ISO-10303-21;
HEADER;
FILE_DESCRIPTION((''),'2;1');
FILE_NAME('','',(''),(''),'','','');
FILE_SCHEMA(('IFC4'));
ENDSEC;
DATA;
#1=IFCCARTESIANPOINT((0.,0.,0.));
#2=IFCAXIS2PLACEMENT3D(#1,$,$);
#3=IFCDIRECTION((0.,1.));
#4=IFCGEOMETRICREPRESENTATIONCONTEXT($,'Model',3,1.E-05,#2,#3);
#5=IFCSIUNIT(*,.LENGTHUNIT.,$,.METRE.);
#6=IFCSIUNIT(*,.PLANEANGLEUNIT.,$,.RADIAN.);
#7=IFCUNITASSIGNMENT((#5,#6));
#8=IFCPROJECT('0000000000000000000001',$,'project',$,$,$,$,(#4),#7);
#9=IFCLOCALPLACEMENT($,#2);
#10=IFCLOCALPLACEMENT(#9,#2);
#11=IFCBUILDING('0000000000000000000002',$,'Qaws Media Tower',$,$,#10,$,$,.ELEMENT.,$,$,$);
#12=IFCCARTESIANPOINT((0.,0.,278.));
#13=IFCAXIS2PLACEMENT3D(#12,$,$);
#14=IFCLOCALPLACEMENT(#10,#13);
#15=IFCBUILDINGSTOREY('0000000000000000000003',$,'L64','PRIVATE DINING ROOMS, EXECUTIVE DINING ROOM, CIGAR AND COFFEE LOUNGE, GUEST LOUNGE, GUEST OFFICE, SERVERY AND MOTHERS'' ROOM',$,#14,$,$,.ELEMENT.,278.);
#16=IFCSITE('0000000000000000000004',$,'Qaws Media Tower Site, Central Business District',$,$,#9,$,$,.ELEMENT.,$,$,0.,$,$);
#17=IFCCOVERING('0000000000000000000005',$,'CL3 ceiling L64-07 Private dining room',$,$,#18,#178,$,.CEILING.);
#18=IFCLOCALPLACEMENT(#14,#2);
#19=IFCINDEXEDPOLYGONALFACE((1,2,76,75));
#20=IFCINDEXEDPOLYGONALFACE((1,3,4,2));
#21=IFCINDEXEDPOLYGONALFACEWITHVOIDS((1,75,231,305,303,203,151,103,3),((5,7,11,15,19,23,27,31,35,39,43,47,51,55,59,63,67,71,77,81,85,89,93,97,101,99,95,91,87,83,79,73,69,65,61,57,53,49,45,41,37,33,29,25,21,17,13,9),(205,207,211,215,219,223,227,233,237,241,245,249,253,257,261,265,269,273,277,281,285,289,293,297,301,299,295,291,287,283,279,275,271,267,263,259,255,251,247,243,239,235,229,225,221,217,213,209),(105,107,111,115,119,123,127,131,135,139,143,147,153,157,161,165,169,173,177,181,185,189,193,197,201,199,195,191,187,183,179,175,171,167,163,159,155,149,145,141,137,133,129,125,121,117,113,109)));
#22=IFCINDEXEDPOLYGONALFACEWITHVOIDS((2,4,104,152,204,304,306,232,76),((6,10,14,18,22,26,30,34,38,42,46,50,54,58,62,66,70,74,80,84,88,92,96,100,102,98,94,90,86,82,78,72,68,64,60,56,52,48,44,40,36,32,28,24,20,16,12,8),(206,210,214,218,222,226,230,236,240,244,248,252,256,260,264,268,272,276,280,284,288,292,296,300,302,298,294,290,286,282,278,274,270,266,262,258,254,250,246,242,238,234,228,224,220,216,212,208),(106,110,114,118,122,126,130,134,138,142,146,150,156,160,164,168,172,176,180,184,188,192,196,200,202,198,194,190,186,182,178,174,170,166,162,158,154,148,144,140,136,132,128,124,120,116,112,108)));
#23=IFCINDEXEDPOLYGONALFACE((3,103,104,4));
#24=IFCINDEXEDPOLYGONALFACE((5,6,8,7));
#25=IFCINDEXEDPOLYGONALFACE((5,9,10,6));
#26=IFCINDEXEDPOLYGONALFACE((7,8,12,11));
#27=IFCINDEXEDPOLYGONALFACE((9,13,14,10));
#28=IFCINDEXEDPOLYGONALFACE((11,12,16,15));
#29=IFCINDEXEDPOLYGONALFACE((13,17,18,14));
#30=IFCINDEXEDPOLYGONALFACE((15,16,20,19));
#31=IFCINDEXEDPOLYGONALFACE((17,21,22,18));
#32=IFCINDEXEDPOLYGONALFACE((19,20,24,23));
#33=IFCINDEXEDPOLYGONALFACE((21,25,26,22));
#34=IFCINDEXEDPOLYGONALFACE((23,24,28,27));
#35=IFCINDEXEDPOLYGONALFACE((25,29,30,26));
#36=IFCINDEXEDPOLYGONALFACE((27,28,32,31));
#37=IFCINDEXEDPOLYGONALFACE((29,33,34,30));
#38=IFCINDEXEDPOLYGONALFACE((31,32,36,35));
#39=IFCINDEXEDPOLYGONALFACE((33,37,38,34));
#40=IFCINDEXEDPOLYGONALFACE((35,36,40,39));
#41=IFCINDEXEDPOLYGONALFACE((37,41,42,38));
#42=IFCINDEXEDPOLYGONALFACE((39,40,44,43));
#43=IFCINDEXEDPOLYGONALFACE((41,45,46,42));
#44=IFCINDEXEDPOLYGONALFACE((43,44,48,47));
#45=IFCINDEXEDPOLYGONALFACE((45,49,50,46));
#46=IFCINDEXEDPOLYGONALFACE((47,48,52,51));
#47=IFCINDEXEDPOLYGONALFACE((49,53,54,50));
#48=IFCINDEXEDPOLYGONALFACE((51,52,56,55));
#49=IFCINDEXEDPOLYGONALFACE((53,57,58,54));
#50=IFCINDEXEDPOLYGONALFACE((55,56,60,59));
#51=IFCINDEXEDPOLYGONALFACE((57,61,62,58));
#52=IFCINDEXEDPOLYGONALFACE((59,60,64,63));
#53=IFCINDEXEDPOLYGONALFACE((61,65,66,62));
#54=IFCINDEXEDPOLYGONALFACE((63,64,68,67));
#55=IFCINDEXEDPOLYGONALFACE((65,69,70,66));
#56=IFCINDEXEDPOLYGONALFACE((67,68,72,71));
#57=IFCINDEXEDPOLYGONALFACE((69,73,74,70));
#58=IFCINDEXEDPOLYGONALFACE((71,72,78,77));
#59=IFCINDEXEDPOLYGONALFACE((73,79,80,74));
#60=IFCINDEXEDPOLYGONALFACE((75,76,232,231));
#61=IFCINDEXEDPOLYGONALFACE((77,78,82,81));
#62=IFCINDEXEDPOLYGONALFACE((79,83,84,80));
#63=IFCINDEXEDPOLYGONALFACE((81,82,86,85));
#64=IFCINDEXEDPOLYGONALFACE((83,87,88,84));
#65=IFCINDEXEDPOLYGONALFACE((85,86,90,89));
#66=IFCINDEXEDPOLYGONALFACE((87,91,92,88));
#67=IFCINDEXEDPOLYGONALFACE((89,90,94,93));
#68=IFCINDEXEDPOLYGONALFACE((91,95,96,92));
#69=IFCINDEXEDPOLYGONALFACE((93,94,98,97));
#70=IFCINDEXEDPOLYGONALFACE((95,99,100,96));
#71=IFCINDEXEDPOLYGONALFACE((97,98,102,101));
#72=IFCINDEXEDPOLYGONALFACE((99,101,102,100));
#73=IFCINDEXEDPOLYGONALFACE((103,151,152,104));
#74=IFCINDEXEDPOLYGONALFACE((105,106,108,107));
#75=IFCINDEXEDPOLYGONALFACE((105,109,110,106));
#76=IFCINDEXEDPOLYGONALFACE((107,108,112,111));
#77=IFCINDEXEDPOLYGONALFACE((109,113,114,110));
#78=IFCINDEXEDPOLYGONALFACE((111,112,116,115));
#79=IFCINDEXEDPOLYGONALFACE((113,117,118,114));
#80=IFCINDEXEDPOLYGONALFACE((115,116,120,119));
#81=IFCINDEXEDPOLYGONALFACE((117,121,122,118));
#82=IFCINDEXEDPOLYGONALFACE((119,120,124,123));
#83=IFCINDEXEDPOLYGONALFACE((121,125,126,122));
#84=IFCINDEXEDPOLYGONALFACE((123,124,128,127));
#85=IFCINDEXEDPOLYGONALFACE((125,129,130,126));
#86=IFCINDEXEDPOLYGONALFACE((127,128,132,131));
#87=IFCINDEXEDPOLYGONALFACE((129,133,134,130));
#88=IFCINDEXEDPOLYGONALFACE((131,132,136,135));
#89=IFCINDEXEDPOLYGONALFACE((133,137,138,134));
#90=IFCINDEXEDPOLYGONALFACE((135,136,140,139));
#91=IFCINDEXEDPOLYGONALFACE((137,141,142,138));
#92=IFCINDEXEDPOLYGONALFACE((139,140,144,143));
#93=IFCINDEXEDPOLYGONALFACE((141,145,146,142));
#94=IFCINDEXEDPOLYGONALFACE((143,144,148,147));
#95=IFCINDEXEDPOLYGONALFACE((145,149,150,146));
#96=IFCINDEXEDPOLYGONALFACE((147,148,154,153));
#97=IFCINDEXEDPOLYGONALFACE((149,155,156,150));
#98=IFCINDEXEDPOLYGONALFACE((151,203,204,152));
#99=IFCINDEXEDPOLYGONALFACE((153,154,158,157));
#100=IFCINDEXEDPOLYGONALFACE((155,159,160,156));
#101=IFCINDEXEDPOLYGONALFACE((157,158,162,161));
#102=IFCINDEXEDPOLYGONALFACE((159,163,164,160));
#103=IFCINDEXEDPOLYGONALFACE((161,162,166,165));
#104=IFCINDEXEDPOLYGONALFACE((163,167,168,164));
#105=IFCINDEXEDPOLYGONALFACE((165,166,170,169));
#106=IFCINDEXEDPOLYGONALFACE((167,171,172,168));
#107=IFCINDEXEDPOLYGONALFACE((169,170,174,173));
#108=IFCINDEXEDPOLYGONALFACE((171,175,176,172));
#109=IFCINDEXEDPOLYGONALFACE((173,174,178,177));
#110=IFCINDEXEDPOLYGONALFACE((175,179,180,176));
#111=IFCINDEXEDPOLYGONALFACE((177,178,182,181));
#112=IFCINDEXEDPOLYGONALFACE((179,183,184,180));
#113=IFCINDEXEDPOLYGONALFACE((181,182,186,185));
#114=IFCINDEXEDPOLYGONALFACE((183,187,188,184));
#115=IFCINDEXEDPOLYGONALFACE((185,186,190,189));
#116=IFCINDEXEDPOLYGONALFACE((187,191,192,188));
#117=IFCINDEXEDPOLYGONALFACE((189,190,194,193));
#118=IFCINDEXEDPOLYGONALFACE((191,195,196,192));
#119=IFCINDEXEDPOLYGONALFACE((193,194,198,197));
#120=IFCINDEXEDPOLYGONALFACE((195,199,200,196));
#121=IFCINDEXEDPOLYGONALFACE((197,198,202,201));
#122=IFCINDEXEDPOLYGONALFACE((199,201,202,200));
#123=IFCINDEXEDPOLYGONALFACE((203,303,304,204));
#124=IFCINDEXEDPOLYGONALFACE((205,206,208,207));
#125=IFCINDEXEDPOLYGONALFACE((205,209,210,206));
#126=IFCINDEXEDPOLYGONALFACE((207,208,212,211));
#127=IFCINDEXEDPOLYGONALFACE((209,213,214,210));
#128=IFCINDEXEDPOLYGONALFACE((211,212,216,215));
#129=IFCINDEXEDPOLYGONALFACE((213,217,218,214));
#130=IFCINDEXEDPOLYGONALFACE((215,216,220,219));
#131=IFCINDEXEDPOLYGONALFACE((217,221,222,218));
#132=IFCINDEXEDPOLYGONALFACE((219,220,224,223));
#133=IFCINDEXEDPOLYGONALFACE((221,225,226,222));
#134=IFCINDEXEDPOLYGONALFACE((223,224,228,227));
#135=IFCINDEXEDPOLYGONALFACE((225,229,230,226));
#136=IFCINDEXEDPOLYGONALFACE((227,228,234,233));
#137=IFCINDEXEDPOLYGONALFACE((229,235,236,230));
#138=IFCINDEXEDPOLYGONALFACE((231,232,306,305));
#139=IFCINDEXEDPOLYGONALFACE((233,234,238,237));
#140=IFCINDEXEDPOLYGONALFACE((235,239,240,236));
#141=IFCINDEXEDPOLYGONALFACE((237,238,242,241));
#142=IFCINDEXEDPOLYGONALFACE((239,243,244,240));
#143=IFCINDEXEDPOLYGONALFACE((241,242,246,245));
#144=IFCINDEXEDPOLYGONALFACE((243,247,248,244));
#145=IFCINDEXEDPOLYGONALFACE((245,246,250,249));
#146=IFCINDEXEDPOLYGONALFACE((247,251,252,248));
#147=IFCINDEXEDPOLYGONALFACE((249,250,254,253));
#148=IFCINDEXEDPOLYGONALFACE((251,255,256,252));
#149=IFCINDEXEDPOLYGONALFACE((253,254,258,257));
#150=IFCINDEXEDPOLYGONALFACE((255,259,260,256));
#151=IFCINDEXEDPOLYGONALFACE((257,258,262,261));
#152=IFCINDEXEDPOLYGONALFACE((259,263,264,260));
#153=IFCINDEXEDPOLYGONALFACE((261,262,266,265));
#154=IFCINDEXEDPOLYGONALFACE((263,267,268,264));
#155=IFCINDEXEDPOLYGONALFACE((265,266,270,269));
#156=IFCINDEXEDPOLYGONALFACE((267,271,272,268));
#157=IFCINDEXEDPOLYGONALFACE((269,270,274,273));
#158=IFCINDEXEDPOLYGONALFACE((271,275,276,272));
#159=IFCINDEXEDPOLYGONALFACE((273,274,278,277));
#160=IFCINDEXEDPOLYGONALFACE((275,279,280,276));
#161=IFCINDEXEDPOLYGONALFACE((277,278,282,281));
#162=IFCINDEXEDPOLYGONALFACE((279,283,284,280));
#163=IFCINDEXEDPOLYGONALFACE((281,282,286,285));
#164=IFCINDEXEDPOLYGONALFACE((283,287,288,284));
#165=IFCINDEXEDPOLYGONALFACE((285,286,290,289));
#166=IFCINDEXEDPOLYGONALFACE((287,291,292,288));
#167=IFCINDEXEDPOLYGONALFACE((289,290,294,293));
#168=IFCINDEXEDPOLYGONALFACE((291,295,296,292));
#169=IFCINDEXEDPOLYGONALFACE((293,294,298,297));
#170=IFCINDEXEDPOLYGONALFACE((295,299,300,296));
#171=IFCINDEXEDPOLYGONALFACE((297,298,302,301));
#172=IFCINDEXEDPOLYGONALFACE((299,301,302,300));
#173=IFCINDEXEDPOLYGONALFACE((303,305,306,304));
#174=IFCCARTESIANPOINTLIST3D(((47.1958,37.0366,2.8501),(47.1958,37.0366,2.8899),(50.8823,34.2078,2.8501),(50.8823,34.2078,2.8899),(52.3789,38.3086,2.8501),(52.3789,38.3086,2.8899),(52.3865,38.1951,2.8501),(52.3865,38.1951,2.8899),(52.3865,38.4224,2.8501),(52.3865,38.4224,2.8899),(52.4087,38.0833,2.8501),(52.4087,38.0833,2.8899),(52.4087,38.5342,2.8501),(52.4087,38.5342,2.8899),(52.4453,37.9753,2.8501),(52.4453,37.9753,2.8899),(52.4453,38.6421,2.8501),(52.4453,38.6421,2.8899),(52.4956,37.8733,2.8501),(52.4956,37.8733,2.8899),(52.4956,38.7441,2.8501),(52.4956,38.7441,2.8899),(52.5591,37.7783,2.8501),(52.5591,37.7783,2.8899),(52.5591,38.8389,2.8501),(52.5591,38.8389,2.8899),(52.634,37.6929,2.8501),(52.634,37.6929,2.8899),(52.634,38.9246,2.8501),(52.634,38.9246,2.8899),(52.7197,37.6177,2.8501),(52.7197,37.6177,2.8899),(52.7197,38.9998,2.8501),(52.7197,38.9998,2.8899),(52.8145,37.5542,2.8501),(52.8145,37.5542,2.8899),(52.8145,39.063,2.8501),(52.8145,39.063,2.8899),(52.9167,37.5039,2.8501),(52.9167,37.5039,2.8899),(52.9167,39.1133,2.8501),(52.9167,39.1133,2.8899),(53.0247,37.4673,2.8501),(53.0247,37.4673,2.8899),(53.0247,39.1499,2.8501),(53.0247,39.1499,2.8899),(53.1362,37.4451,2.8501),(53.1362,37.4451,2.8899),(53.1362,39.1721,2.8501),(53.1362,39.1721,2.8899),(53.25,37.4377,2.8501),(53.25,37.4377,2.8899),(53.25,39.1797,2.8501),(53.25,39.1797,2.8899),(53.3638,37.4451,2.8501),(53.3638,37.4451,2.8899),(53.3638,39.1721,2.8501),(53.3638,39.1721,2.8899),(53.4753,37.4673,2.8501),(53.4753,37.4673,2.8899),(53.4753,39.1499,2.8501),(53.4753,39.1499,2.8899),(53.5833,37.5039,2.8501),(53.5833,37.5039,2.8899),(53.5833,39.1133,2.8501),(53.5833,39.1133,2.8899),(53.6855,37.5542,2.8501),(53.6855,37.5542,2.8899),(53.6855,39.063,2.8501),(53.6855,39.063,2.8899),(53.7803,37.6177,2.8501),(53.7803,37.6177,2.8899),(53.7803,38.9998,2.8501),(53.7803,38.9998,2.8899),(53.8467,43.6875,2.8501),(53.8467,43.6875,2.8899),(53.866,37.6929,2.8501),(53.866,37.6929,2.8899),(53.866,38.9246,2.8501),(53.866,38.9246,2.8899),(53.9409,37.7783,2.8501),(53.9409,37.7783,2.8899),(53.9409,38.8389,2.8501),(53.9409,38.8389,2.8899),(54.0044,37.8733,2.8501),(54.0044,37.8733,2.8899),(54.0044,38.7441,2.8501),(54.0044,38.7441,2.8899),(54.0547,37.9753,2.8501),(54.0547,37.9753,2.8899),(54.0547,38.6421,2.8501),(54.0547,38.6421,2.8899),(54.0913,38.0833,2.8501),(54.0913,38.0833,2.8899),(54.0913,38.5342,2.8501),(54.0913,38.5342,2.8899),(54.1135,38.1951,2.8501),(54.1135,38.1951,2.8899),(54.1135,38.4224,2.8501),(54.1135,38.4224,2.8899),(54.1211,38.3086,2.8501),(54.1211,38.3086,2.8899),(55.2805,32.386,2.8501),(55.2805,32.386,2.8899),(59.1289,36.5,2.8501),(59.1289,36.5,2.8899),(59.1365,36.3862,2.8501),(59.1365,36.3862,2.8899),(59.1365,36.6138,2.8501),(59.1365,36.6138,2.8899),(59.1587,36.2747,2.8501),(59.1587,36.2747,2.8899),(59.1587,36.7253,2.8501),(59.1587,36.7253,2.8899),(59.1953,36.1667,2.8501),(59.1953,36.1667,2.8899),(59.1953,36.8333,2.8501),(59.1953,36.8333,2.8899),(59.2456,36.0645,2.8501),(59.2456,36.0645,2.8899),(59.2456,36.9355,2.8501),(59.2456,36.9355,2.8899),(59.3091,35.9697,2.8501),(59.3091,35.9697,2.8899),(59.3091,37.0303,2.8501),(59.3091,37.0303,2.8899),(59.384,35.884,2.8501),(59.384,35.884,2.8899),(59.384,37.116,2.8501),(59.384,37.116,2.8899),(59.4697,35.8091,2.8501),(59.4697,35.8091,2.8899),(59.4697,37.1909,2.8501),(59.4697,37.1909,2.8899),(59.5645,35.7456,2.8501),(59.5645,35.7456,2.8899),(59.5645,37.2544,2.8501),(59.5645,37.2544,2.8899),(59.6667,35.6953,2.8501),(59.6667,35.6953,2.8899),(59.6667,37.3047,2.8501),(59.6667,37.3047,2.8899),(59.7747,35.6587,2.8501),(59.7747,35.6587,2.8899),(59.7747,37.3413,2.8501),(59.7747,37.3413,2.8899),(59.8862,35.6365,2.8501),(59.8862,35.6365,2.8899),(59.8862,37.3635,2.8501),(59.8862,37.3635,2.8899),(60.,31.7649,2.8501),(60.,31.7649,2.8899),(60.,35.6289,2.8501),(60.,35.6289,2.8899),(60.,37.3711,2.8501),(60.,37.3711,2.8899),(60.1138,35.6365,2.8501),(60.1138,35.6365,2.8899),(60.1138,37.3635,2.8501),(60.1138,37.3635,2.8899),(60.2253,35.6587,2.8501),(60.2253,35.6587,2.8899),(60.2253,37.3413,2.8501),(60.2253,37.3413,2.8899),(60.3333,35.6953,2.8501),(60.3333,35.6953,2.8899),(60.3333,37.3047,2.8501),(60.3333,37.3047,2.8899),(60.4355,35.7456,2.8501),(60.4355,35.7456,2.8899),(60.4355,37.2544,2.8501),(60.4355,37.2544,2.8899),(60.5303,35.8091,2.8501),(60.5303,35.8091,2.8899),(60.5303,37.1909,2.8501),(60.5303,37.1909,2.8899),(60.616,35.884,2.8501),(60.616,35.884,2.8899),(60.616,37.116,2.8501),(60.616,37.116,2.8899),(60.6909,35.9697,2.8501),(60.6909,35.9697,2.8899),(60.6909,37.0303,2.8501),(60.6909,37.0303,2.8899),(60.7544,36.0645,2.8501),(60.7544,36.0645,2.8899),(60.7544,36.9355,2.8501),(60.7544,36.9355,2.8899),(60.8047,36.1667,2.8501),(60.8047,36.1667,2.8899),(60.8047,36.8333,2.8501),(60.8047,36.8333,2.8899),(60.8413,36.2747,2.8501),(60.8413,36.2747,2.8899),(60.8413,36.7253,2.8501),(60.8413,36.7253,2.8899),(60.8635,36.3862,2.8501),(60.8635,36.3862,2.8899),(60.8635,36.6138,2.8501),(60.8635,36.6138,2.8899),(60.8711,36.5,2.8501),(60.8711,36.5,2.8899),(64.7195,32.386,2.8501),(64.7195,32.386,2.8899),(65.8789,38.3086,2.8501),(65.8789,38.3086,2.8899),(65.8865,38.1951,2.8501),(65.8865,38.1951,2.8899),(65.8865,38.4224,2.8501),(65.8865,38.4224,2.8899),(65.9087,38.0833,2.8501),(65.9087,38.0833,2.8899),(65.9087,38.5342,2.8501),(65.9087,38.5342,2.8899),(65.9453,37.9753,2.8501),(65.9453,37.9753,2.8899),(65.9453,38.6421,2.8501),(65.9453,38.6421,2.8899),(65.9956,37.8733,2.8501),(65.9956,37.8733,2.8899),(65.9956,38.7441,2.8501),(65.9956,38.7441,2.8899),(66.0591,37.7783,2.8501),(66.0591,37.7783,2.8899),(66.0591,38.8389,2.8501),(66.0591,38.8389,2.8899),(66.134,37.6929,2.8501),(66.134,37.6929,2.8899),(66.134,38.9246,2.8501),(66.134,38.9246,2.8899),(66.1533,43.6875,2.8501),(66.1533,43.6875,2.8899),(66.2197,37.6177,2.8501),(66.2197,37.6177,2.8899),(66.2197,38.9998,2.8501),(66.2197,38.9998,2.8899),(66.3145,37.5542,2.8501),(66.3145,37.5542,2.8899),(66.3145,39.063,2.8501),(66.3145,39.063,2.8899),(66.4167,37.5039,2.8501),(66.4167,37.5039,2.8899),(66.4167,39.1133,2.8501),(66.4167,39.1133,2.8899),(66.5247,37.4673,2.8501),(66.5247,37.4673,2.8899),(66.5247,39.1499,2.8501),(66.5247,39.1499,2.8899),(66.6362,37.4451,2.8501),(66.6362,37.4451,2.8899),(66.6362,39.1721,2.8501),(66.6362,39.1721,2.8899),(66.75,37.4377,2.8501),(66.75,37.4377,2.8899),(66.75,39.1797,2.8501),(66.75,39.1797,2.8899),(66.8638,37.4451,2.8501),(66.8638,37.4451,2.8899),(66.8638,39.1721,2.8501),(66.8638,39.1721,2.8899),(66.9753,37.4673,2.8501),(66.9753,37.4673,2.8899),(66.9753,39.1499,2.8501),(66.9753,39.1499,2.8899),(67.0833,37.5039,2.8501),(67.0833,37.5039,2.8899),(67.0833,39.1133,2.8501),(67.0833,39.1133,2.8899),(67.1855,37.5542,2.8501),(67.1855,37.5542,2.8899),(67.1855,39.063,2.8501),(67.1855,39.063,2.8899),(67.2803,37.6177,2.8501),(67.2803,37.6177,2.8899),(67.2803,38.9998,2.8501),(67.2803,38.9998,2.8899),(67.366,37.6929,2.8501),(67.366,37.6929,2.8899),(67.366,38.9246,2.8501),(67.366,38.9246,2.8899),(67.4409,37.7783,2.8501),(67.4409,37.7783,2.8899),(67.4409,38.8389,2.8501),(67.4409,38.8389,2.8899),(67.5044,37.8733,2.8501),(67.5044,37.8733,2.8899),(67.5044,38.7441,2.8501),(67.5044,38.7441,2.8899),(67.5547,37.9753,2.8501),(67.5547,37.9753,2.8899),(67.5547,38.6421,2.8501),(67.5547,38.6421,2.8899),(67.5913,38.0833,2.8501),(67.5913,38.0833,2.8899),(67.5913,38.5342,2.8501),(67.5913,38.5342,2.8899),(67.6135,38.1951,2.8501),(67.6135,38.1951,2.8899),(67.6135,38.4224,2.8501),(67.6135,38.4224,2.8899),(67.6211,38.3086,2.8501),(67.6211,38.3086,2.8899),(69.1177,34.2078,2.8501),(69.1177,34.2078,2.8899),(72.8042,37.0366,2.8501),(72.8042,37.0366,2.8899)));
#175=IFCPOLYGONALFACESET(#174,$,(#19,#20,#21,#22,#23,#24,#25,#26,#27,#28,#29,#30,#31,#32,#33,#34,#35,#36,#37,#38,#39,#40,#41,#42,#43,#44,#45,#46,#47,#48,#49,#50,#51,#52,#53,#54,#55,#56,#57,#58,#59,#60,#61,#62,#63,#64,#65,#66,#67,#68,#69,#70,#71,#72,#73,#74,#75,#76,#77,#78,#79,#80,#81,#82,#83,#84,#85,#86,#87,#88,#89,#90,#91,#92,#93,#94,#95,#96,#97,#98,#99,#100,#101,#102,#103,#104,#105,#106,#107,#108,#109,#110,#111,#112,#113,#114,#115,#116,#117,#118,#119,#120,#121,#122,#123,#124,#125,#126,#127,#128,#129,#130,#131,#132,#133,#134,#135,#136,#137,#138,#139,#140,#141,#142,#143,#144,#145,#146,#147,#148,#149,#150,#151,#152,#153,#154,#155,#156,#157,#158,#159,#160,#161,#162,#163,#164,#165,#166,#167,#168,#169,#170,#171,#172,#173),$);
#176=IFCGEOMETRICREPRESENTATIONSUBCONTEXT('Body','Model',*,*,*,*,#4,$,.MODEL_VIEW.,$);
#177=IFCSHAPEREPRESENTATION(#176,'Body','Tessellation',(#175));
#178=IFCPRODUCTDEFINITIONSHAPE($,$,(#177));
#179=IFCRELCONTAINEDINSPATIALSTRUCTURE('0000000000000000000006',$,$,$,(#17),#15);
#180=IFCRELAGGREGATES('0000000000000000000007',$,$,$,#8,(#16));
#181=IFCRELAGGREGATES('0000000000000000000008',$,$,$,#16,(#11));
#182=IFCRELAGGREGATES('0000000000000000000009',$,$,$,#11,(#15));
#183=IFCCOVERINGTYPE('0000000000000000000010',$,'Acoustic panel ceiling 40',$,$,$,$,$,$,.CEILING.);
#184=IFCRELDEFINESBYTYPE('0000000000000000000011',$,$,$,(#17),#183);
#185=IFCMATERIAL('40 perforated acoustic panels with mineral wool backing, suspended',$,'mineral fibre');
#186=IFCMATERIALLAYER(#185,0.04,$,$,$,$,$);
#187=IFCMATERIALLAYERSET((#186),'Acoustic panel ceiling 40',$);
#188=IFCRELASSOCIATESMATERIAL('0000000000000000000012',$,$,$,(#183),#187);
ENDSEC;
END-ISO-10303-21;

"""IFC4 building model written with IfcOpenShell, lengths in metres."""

from ifc_helpers import new_model, si_unit, direction, frame, origin, place, context, subcontext, project, spatial, polyline, outline, extrude, material, layer, layer_set, type_object, element, save


model = new_model("IFC4")

# Units and contexts
model_context = context("Model", 3, precision=1e-05, world=origin(), true_north=direction((0.0, 1.0)))
body_context = subcontext(model_context, "Body", "Model", "MODEL_VIEW")
ifc_project = project(units=[si_unit("LENGTHUNIT", "METRE"), si_unit("PLANEANGLEUNIT", "RADIAN")], contexts=[model_context])

# Site, building, storey
site_placement = place(None, origin())
site = spatial("IfcSite", under=ifc_project, at=site_placement, Name="Qaws Media Tower Site, Central Business District", CompositionType="ELEMENT", RefElevation=0.0)
building_placement = place(site_placement, origin())
building = spatial("IfcBuilding", under=site, at=building_placement, Name="Qaws Media Tower", CompositionType="ELEMENT")
storey_placement = place(building_placement, frame((0.0, 0.0, 278.0)))
storey = spatial("IfcBuildingStorey", under=building, at=storey_placement, Name="L64", Description="PRIVATE DINING ROOMS, EXECUTIVE DINING ROOM, CIGAR AND COFFEE LOUNGE, GUEST LOUNGE, GUEST OFFICE, SERVERY AND MOTHERS' ROOM", CompositionType="ELEMENT", Elevation=278.0)

# Covering
ifc_material_1 = material(Name="40 perforated acoustic panels with mineral wool backing, suspended", Category="mineral fibre")
ifc_layer_1 = layer(ifc_material_1, 0.04)
ifc_layer_set_1 = layer_set([ifc_layer_1], Name="Acoustic panel ceiling 40")
covering_type_1 = type_object("IfcCoveringType", Name="Acoustic panel ceiling 40", PredefinedType="CEILING", material=ifc_layer_set_1)
covering_1_placement = place(storey_placement, frame((0.0, 0.0, 2.8501)))
element("IfcCovering", 1, at=covering_1_placement, inside=storey, type_object=covering_type_1, Name="CL3 ceiling L64-07 Private dining room", PredefinedType="CEILING", context=body_context, shape_type="SweptSolid", body=[
    extrude(outline(polyline([(69.1177, 34.2078), (64.7195, 32.386), (60.0, 31.7649), (55.2805, 32.386), (50.8823, 34.2078), (47.1958, 37.0366), (53.8467, 43.6875), (66.1533, 43.6875), (72.8042, 37.0366), (69.1177, 34.2078)]), holes=[polyline([(54.0913, 38.0833), (54.1135, 38.1951), (54.1211, 38.3086), (54.1135, 38.4224), (54.0913, 38.5342), (54.0547, 38.6421), (54.0044, 38.7441), (53.9409, 38.8389), (53.866, 38.9246), (53.7803, 38.9998), (53.6855, 39.063), (53.5833, 39.1133), (53.4753, 39.1499), (53.3638, 39.1721), (53.25, 39.1797), (53.1362, 39.1721), (53.0247, 39.1499), (52.9167, 39.1133), (52.8145, 39.063), (52.7197, 38.9998), (52.634, 38.9246), (52.5591, 38.8389), (52.4956, 38.7441), (52.4453, 38.6421), (52.4087, 38.5342), (52.3865, 38.4224), (52.3789, 38.3086), (52.3865, 38.1951), (52.4087, 38.0833), (52.4453, 37.9753), (52.4956, 37.8733), (52.5591, 37.7783), (52.634, 37.6929), (52.7197, 37.6177), (52.8145, 37.5542), (52.9167, 37.5039), (53.0247, 37.4673), (53.1362, 37.4451), (53.25, 37.4377), (53.3638, 37.4451), (53.4753, 37.4673), (53.5833, 37.5039), (53.6855, 37.5542), (53.7803, 37.6177), (53.866, 37.6929), (53.9409, 37.7783), (54.0044, 37.8733), (54.0547, 37.9753), (54.0913, 38.0833)]), polyline([(60.8413, 36.2747), (60.8635, 36.3862), (60.8711, 36.5), (60.8635, 36.6138), (60.8413, 36.7253), (60.8047, 36.8333), (60.7544, 36.9355), (60.6909, 37.0303), (60.616, 37.116), (60.5303, 37.1909), (60.4355, 37.2544), (60.3333, 37.3047), (60.2253, 37.3413), (60.1138, 37.3635), (60.0, 37.3711), (59.8862, 37.3635), (59.7747, 37.3413), (59.6667, 37.3047), (59.5645, 37.2544), (59.4697, 37.1909), (59.384, 37.116), (59.3091, 37.0303), (59.2456, 36.9355), (59.1953, 36.8333), (59.1587, 36.7253), (59.1365, 36.6138), (59.1289, 36.5), (59.1365, 36.3862), (59.1587, 36.2747), (59.1953, 36.1667), (59.2456, 36.0645), (59.3091, 35.9697), (59.384, 35.884), (59.4697, 35.8091), (59.5645, 35.7456), (59.6667, 35.6953), (59.7747, 35.6587), (59.8862, 35.6365), (60.0, 35.6289), (60.1138, 35.6365), (60.2253, 35.6587), (60.3333, 35.6953), (60.4355, 35.7456), (60.5303, 35.8091), (60.616, 35.884), (60.6909, 35.9697), (60.7544, 36.0645), (60.8047, 36.1667), (60.8413, 36.2747)]), polyline([(67.5547, 37.9753), (67.5913, 38.0833), (67.6135, 38.1951), (67.6211, 38.3086), (67.6135, 38.4224), (67.5913, 38.5342), (67.5547, 38.6421), (67.5044, 38.7441), (67.4409, 38.8389), (67.366, 38.9246), (67.2803, 38.9998), (67.1855, 39.063), (67.0833, 39.1133), (66.9753, 39.1499), (66.8638, 39.1721), (66.75, 39.1797), (66.6362, 39.1721), (66.5247, 39.1499), (66.4167, 39.1133), (66.3145, 39.063), (66.2197, 38.9998), (66.134, 38.9246), (66.0591, 38.8389), (65.9956, 38.7441), (65.9453, 38.6421), (65.9087, 38.5342), (65.8865, 38.4224), (65.8789, 38.3086), (65.8865, 38.1951), (65.9087, 38.0833), (65.9453, 37.9753), (65.9956, 37.8733), (66.0591, 37.7783), (66.134, 37.6929), (66.2197, 37.6177), (66.3145, 37.5542), (66.4167, 37.5039), (66.5247, 37.4673), (66.6362, 37.4451), (66.75, 37.4377), (66.8638, 37.4451), (66.9753, 37.4673), (67.0833, 37.5039), (67.1855, 37.5542), (67.2803, 37.6177), (67.366, 37.6929), (67.4409, 37.7783), (67.5044, 37.8733), (67.5547, 37.9753)])]), origin(), (0.0, 0.0, 1.0), 0.0398),
])

save(model, "model.ifc")
